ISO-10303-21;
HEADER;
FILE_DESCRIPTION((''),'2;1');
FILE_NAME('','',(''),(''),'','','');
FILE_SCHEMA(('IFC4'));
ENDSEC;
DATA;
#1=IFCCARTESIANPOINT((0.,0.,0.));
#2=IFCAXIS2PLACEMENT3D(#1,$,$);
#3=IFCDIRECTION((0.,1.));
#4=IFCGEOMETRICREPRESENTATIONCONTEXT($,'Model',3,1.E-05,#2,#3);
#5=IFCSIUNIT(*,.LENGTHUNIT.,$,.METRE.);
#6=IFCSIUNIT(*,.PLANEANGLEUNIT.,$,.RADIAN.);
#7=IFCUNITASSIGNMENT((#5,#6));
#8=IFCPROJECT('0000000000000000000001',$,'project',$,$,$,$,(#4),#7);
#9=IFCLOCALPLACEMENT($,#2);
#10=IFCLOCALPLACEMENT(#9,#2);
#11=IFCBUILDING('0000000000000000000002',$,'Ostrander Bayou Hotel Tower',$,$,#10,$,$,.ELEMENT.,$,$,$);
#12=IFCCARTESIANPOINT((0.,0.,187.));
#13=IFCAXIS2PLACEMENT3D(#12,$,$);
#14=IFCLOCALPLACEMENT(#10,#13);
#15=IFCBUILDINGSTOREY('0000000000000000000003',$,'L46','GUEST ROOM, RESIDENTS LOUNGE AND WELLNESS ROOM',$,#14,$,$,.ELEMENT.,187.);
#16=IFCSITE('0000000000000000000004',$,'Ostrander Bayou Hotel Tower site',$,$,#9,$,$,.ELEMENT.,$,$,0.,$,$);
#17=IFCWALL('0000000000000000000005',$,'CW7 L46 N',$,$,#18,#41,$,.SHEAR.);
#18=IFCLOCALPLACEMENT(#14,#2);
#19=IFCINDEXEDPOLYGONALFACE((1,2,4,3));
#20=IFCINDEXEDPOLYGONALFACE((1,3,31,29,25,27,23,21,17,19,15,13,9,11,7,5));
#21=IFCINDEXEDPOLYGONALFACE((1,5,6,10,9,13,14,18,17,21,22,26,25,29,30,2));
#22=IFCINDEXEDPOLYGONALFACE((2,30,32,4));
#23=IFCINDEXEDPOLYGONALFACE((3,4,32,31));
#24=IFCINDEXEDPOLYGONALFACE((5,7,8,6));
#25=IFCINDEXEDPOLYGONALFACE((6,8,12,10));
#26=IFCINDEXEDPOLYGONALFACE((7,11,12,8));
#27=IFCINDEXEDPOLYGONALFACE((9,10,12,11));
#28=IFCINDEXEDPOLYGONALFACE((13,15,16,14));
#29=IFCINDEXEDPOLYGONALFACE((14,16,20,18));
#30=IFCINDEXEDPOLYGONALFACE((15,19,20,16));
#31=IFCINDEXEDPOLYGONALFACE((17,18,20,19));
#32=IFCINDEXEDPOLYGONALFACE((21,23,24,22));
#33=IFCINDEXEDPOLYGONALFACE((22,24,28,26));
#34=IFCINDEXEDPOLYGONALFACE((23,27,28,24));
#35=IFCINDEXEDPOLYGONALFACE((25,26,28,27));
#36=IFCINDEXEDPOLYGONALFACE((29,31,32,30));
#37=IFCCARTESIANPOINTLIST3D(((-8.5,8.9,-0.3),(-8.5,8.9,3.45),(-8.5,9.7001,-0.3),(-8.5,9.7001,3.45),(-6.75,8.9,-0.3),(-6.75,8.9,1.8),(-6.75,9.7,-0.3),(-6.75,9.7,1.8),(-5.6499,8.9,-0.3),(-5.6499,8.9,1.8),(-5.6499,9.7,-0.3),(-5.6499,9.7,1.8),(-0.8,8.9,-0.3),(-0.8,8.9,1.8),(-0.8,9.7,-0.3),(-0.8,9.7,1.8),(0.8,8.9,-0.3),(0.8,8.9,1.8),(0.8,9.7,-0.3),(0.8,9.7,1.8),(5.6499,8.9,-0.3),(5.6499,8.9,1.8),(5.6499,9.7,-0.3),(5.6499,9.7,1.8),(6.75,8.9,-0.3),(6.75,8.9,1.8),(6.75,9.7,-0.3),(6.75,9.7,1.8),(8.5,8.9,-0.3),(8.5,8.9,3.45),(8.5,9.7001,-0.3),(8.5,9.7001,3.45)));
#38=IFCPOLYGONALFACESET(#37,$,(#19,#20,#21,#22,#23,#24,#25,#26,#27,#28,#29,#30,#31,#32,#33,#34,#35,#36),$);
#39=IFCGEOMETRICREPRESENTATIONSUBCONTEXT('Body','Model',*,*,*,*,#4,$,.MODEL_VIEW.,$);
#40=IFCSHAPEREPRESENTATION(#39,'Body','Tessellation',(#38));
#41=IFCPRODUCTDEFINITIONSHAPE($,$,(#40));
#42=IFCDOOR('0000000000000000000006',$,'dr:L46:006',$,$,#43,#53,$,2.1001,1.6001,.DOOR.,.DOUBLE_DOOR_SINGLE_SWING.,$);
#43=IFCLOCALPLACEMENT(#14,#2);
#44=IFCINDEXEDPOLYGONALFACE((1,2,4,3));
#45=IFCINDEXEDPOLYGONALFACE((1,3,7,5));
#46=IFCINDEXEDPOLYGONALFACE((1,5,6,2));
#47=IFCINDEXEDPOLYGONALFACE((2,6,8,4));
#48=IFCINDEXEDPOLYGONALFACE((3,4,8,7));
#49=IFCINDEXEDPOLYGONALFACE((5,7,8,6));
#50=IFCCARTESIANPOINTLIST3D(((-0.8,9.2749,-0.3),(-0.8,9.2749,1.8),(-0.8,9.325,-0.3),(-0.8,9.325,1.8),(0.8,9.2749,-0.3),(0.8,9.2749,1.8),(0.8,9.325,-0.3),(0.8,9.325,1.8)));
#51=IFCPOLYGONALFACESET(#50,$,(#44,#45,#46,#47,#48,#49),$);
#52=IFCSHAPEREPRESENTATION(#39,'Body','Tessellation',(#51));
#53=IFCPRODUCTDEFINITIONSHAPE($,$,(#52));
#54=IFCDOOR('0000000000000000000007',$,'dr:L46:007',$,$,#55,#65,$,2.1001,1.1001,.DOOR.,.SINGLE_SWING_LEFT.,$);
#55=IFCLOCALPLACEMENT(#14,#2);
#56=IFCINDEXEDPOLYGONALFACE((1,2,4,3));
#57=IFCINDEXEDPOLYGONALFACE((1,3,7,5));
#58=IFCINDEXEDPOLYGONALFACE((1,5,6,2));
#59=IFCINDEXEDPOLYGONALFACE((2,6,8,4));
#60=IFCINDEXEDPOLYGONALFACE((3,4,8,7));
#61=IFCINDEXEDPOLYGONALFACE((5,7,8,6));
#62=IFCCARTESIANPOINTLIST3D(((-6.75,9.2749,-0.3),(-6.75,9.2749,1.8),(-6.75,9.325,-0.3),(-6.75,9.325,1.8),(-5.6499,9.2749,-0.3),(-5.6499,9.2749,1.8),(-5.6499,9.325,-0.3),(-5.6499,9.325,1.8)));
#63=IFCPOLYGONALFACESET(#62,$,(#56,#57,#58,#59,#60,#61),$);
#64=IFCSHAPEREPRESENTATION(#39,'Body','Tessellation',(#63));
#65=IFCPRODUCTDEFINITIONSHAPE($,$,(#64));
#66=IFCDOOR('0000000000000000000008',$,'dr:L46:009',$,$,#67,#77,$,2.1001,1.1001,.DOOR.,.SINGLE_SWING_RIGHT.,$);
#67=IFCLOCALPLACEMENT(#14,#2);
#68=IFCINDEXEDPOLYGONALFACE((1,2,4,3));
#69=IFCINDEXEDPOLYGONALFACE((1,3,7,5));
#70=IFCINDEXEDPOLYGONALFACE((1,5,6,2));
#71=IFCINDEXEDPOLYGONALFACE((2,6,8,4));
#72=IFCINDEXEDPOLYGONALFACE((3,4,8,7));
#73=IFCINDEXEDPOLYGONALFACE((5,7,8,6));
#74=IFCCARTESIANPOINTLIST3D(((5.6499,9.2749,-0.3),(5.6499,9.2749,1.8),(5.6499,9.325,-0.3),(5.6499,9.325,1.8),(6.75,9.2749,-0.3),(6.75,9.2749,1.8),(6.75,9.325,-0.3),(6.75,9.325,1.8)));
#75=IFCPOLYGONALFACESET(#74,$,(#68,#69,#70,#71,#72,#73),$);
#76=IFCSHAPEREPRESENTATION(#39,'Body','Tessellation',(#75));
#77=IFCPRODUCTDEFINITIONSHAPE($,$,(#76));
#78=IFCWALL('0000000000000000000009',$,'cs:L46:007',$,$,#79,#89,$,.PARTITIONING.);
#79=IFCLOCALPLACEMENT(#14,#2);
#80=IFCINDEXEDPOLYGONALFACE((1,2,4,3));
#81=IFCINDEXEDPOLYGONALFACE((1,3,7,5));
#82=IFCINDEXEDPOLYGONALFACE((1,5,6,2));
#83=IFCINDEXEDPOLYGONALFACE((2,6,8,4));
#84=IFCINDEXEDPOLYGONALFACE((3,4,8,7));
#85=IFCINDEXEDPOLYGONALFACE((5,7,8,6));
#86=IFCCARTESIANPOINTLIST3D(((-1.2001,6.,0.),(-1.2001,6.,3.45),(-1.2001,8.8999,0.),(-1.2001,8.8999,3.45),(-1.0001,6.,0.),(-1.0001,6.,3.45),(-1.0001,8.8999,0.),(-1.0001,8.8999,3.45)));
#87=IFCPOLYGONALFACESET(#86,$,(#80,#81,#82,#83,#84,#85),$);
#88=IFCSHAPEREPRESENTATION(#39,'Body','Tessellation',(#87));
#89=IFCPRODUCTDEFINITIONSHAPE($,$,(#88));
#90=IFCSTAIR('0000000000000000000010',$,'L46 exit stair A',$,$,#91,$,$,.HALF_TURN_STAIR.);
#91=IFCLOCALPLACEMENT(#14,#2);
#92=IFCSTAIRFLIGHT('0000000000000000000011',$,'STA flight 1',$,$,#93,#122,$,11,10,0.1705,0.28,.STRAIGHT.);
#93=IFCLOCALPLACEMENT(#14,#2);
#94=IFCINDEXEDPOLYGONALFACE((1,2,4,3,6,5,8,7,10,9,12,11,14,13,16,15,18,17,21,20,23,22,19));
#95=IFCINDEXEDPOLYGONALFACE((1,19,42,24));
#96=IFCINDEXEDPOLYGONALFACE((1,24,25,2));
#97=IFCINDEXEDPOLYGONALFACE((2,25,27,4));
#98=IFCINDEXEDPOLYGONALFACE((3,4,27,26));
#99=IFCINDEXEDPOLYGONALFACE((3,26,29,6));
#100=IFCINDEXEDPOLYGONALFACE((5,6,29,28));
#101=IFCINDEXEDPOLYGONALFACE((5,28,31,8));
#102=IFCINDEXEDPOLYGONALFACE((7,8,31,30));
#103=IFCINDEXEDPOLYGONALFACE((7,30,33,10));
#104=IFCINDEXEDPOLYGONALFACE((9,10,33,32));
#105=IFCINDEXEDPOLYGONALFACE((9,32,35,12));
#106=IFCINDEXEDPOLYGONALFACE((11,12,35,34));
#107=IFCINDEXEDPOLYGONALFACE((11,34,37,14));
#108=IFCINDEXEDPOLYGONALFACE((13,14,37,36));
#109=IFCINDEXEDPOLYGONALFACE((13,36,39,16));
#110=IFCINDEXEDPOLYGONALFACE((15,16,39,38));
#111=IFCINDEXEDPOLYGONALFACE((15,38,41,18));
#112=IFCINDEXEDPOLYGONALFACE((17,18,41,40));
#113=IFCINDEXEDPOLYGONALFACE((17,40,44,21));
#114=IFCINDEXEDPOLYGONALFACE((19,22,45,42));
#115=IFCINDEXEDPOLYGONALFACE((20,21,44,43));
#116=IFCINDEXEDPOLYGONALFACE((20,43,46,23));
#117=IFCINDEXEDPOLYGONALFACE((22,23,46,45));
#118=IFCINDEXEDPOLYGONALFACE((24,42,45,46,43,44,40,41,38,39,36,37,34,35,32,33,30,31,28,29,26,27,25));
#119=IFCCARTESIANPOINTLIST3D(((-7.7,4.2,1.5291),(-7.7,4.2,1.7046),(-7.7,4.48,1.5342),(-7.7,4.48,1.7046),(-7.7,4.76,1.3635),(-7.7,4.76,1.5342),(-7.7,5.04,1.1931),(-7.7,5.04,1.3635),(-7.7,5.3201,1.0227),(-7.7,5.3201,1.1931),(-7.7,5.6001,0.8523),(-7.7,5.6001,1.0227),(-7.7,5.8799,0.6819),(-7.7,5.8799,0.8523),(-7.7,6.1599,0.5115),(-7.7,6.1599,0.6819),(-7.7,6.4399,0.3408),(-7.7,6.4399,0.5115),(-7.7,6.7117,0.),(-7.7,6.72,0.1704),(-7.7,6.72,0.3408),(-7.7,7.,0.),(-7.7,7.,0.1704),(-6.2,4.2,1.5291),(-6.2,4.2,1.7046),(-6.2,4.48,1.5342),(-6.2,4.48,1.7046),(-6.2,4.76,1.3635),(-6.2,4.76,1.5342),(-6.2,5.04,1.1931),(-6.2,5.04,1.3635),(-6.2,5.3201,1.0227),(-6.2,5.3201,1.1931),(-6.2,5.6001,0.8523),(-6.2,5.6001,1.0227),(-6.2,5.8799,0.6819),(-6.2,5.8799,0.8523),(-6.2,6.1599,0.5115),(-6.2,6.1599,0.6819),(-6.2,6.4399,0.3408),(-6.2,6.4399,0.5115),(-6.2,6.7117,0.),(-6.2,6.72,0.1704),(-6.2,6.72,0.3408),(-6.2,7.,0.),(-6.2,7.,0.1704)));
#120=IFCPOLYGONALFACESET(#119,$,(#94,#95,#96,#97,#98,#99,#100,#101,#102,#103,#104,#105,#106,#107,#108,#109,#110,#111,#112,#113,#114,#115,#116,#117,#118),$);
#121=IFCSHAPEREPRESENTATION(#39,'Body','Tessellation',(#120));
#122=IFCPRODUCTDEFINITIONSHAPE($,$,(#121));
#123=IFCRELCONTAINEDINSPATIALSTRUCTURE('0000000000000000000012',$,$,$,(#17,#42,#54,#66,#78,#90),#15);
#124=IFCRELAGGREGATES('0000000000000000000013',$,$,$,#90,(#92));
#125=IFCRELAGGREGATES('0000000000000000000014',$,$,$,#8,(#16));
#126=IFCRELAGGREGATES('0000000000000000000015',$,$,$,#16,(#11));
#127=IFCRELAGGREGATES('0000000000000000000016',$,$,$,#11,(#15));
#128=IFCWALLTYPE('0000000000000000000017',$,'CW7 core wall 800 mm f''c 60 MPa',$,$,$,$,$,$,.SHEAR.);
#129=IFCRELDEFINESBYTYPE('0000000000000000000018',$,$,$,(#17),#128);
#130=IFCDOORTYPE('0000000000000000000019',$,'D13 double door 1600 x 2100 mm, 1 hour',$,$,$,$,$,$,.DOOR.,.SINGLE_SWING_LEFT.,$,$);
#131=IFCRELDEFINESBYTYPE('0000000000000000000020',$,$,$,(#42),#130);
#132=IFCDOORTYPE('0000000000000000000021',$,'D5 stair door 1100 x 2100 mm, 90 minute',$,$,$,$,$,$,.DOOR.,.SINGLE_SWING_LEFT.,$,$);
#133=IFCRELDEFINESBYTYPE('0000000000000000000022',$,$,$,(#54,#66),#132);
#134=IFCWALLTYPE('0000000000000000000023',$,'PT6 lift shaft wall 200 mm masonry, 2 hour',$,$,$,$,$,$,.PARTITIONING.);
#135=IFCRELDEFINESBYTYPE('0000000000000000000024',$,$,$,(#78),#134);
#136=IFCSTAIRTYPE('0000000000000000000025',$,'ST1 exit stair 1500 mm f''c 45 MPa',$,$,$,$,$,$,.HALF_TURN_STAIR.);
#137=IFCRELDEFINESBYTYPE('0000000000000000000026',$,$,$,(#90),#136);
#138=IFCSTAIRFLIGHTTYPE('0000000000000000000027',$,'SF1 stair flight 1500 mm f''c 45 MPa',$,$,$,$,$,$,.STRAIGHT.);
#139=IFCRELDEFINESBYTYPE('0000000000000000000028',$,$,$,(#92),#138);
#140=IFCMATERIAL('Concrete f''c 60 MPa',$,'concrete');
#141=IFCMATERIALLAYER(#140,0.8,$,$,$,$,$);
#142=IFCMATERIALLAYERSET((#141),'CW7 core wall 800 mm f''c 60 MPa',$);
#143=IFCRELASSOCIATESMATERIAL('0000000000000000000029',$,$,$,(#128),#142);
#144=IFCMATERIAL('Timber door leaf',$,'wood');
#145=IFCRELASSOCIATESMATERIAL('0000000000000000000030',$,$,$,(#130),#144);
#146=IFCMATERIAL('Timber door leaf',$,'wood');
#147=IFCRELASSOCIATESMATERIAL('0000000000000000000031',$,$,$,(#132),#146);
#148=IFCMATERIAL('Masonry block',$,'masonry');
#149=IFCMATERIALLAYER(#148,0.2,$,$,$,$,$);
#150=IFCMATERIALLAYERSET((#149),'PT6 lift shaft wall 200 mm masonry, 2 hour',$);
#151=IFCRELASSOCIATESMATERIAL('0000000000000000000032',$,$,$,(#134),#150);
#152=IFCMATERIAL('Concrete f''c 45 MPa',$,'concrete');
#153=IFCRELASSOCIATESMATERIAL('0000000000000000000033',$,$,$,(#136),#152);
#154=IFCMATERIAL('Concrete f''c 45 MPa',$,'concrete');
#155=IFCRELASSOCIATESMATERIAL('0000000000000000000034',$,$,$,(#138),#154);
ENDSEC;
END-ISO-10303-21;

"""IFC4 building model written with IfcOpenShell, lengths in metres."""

from ifc_helpers import new_model, si_unit, direction, frame, frame_2d, origin, place, context, subcontext, project, spatial, polyline, rectangle, outline, extrude, material, layer, layer_set, type_object, element, fill, aggregate, save


model = new_model("IFC4")

# Units and contexts
model_context = context("Model", 3, precision=1e-05, world=origin(), true_north=direction((0.0, 1.0)))
body_context = subcontext(model_context, "Body", "Model", "MODEL_VIEW")
ifc_project = project(units=[si_unit("LENGTHUNIT", "METRE"), si_unit("PLANEANGLEUNIT", "RADIAN")], contexts=[model_context])

# Site, building, storey
site_placement = place(None, origin())
site = spatial("IfcSite", under=ifc_project, at=site_placement, Name="Ostrander Bayou Hotel Tower site", CompositionType="ELEMENT", RefElevation=0.0)
building_placement = place(site_placement, origin())
building = spatial("IfcBuilding", under=site, at=building_placement, Name="Ostrander Bayou Hotel Tower", CompositionType="ELEMENT")
storey_placement = place(building_placement, frame((0.0, 0.0, 187.0)))
storey = spatial("IfcBuildingStorey", under=building, at=storey_placement, Name="L46", Description="GUEST ROOM, RESIDENTS LOUNGE AND WELLNESS ROOM", CompositionType="ELEMENT", Elevation=187.0)

# Wall, openings, doors
ifc_material_1 = material(Name="Concrete f'c 60 MPa", Category="concrete")
ifc_layer_1 = layer(ifc_material_1, 0.8)
ifc_layer_set_1 = layer_set([ifc_layer_1], Name="CW7 core wall 800 mm f'c 60 MPa")
wall_type_1 = type_object("IfcWallType", Name="CW7 core wall 800 mm f'c 60 MPa", PredefinedType="SHEAR", material=ifc_layer_set_1)
wall_1_placement = place(storey_placement, frame((-8.5, 9.3, -0.3), z_axis=(0.0, 0.0, 1.0), x_axis=(1.0, 0.0, 0.0)))
wall_1 = element("IfcWall", 1, at=wall_1_placement, inside=storey, type_object=wall_type_1, Name="CW7 L46 N", PredefinedType="SHEAR", context=body_context, shape_type="SweptSolid", body=[
    extrude(rectangle(XDim=17.0, YDim=0.8, at=frame_2d((8.5, 0.0))), origin(), (0.0, 0.0, 1.0), 3.75),
])
opening_1_placement = place(wall_1_placement, frame((7.7, 0.0, 0.0)))
opening_1 = element("IfcOpeningElement", 2, at=opening_1_placement, cuts=wall_1, PredefinedType="OPENING", context=body_context, shape_type="SweptSolid", body=[
    extrude(rectangle(XDim=1.6001, YDim=2.1001, at=frame_2d((0.8, 1.05))), frame((0.0, 0.3999, 0.0), z_axis=(0.0, -1.0, 0.0), x_axis=(1.0, 0.0, 0.0)), (0.0, 0.0, 1.0), 0.8),
])
opening_2_placement = place(wall_1_placement, frame((1.75, 0.0, 0.0)))
opening_2 = element("IfcOpeningElement", 3, at=opening_2_placement, cuts=wall_1, PredefinedType="OPENING", context=body_context, shape_type="SweptSolid", body=[
    extrude(rectangle(XDim=1.1001, YDim=2.1001, at=frame_2d((0.55, 1.05))), frame((0.0, 0.3999, 0.0), z_axis=(0.0, -1.0, 0.0), x_axis=(1.0, 0.0, 0.0)), (0.0, 0.0, 1.0), 0.8),
])
opening_3_placement = place(wall_1_placement, frame((14.1499, 0.0, 0.0)))
opening_3 = element("IfcOpeningElement", 4, at=opening_3_placement, cuts=wall_1, PredefinedType="OPENING", context=body_context, shape_type="SweptSolid", body=[
    extrude(rectangle(XDim=1.1001, YDim=2.1001, at=frame_2d((0.55, 1.05))), frame((0.0, 0.3999, 0.0), z_axis=(0.0, -1.0, 0.0), x_axis=(1.0, 0.0, 0.0)), (0.0, 0.0, 1.0), 0.8),
])
ifc_material_2 = material(Name="Timber door leaf", Category="wood")
door_type_1 = type_object("IfcDoorType", Name="D13 double door 1600 x 2100 mm, 1 hour", OperationType="SINGLE_SWING_LEFT", PredefinedType="DOOR", material=ifc_material_2)
door_1_placement = place(opening_1_placement, origin())
door_1 = element("IfcDoor", 5, at=door_1_placement, inside=storey, type_object=door_type_1, Name="dr:L46:006", OperationType="DOUBLE_DOOR_SINGLE_SWING", OverallHeight=2.1001, OverallWidth=1.6001, PredefinedType="DOOR", context=body_context, shape_type="SweptSolid", body=[
    extrude(rectangle(XDim=1.6001, YDim=2.1001, at=frame_2d((0.8, 1.05))), frame((0.0, 0.0249, 0.0), z_axis=(0.0, -1.0, 0.0), x_axis=(1.0, 0.0, 0.0)), (0.0, 0.0, 1.0), 0.05),
])
fill(opening_1, door_1)
ifc_material_3 = material(Name="Timber door leaf", Category="wood")
door_type_2 = type_object("IfcDoorType", Name="D5 stair door 1100 x 2100 mm, 90 minute", OperationType="SINGLE_SWING_LEFT", PredefinedType="DOOR", material=ifc_material_3)
door_2_placement = place(opening_2_placement, origin())
door_2 = element("IfcDoor", 6, at=door_2_placement, inside=storey, type_object=door_type_2, Name="dr:L46:007", OperationType="SINGLE_SWING_LEFT", OverallHeight=2.1001, OverallWidth=1.1001, PredefinedType="DOOR", context=body_context, shape_type="SweptSolid", body=[
    extrude(rectangle(XDim=1.1001, YDim=2.1001, at=frame_2d((0.55, 1.05))), frame((0.0, 0.0249, 0.0), z_axis=(0.0, -1.0, 0.0), x_axis=(1.0, 0.0, 0.0)), (0.0, 0.0, 1.0), 0.05),
])
fill(opening_2, door_2)
door_3_placement = place(opening_3_placement, origin())
door_3 = element("IfcDoor", 7, at=door_3_placement, inside=storey, type_object=door_type_2, Name="dr:L46:009", OperationType="SINGLE_SWING_RIGHT", OverallHeight=2.1001, OverallWidth=1.1001, PredefinedType="DOOR", context=body_context, shape_type="SweptSolid", body=[
    extrude(rectangle(XDim=1.1001, YDim=2.1001, at=frame_2d((0.55, 1.05))), frame((0.0, 0.0249, 0.0), z_axis=(0.0, -1.0, 0.0), x_axis=(1.0, 0.0, 0.0)), (0.0, 0.0, 1.0), 0.05),
])
fill(opening_3, door_3)

# Wall
ifc_material_4 = material(Name="Masonry block", Category="masonry")
ifc_layer_2 = layer(ifc_material_4, 0.2)
ifc_layer_set_2 = layer_set([ifc_layer_2], Name="PT6 lift shaft wall 200 mm masonry, 2 hour")
wall_type_2 = type_object("IfcWallType", Name="PT6 lift shaft wall 200 mm masonry, 2 hour", PredefinedType="PARTITIONING", material=ifc_layer_set_2)
wall_2_placement = place(storey_placement, frame((-1.1001, 6.0, 0.0), z_axis=(0.0, 0.0, 1.0), x_axis=(0.0, 1.0, 0.0)))
element("IfcWall", 8, at=wall_2_placement, inside=storey, type_object=wall_type_2, Name="cs:L46:007", PredefinedType="PARTITIONING", context=body_context, shape_type="SweptSolid", body=[
    extrude(rectangle(XDim=2.8999, YDim=0.2, at=frame_2d((1.45, 0.0))), origin(), (0.0, 0.0, 1.0), 3.45),
])

# Stair, stair flight
ifc_material_5 = material(Name="Concrete f'c 45 MPa", Category="concrete")
stair_type = type_object("IfcStairType", Name="ST1 exit stair 1500 mm f'c 45 MPa", PredefinedType="HALF_TURN_STAIR", material=ifc_material_5)
stair_placement = place(storey_placement, origin())
stair = element("IfcStair", 9, at=stair_placement, inside=storey, type_object=stair_type, Name="L46 exit stair A", PredefinedType="HALF_TURN_STAIR")
ifc_material_6 = material(Name="Concrete f'c 45 MPa", Category="concrete")
stair_flight_type = type_object("IfcStairFlightType", Name="SF1 stair flight 1500 mm f'c 45 MPa", PredefinedType="STRAIGHT", material=ifc_material_6)
stair_flight_placement = place(storey_placement, frame((-6.95, 7.0, 0.0), z_axis=(0.0, 0.0, 1.0), x_axis=(0.0, -1.0, 0.0)))
stair_flight = element("IfcStairFlight", 10, at=stair_flight_placement, type_object=stair_flight_type, Name="STA flight 1", NumberOfRisers=11, NumberOfTreads=10, PredefinedType="STRAIGHT", RiserHeight=0.1705, TreadLength=0.28, context=body_context, shape_type="SweptSolid", body=[
    extrude(outline(polyline([(0.0, 0.0), (0.0, 0.1704), (0.28, 0.1704), (0.28, 0.3408), (0.5601, 0.3408), (0.5601, 0.5115), (0.8401, 0.5115), (0.8401, 0.6819), (1.1201, 0.6819), (1.1201, 0.8523), (1.3999, 0.8523), (1.3999, 1.0227), (1.6799, 1.0227), (1.6799, 1.1931), (1.96, 1.1931), (1.96, 1.3635), (2.24, 1.3635), (2.24, 1.5342), (2.52, 1.5342), (2.52, 1.7046), (2.8, 1.7046), (2.8, 1.875), (2.8, 1.5291), (0.2883, 0.0), (0.0, 0.0)])), frame((0.0, 0.75, 0.0), z_axis=(0.0, -1.0, 0.0), x_axis=(1.0, 0.0, 0.0)), (0.0, 0.0, 1.0), 1.5),
])
aggregate(stair, [stair_flight])

save(model, "model.ifc")
